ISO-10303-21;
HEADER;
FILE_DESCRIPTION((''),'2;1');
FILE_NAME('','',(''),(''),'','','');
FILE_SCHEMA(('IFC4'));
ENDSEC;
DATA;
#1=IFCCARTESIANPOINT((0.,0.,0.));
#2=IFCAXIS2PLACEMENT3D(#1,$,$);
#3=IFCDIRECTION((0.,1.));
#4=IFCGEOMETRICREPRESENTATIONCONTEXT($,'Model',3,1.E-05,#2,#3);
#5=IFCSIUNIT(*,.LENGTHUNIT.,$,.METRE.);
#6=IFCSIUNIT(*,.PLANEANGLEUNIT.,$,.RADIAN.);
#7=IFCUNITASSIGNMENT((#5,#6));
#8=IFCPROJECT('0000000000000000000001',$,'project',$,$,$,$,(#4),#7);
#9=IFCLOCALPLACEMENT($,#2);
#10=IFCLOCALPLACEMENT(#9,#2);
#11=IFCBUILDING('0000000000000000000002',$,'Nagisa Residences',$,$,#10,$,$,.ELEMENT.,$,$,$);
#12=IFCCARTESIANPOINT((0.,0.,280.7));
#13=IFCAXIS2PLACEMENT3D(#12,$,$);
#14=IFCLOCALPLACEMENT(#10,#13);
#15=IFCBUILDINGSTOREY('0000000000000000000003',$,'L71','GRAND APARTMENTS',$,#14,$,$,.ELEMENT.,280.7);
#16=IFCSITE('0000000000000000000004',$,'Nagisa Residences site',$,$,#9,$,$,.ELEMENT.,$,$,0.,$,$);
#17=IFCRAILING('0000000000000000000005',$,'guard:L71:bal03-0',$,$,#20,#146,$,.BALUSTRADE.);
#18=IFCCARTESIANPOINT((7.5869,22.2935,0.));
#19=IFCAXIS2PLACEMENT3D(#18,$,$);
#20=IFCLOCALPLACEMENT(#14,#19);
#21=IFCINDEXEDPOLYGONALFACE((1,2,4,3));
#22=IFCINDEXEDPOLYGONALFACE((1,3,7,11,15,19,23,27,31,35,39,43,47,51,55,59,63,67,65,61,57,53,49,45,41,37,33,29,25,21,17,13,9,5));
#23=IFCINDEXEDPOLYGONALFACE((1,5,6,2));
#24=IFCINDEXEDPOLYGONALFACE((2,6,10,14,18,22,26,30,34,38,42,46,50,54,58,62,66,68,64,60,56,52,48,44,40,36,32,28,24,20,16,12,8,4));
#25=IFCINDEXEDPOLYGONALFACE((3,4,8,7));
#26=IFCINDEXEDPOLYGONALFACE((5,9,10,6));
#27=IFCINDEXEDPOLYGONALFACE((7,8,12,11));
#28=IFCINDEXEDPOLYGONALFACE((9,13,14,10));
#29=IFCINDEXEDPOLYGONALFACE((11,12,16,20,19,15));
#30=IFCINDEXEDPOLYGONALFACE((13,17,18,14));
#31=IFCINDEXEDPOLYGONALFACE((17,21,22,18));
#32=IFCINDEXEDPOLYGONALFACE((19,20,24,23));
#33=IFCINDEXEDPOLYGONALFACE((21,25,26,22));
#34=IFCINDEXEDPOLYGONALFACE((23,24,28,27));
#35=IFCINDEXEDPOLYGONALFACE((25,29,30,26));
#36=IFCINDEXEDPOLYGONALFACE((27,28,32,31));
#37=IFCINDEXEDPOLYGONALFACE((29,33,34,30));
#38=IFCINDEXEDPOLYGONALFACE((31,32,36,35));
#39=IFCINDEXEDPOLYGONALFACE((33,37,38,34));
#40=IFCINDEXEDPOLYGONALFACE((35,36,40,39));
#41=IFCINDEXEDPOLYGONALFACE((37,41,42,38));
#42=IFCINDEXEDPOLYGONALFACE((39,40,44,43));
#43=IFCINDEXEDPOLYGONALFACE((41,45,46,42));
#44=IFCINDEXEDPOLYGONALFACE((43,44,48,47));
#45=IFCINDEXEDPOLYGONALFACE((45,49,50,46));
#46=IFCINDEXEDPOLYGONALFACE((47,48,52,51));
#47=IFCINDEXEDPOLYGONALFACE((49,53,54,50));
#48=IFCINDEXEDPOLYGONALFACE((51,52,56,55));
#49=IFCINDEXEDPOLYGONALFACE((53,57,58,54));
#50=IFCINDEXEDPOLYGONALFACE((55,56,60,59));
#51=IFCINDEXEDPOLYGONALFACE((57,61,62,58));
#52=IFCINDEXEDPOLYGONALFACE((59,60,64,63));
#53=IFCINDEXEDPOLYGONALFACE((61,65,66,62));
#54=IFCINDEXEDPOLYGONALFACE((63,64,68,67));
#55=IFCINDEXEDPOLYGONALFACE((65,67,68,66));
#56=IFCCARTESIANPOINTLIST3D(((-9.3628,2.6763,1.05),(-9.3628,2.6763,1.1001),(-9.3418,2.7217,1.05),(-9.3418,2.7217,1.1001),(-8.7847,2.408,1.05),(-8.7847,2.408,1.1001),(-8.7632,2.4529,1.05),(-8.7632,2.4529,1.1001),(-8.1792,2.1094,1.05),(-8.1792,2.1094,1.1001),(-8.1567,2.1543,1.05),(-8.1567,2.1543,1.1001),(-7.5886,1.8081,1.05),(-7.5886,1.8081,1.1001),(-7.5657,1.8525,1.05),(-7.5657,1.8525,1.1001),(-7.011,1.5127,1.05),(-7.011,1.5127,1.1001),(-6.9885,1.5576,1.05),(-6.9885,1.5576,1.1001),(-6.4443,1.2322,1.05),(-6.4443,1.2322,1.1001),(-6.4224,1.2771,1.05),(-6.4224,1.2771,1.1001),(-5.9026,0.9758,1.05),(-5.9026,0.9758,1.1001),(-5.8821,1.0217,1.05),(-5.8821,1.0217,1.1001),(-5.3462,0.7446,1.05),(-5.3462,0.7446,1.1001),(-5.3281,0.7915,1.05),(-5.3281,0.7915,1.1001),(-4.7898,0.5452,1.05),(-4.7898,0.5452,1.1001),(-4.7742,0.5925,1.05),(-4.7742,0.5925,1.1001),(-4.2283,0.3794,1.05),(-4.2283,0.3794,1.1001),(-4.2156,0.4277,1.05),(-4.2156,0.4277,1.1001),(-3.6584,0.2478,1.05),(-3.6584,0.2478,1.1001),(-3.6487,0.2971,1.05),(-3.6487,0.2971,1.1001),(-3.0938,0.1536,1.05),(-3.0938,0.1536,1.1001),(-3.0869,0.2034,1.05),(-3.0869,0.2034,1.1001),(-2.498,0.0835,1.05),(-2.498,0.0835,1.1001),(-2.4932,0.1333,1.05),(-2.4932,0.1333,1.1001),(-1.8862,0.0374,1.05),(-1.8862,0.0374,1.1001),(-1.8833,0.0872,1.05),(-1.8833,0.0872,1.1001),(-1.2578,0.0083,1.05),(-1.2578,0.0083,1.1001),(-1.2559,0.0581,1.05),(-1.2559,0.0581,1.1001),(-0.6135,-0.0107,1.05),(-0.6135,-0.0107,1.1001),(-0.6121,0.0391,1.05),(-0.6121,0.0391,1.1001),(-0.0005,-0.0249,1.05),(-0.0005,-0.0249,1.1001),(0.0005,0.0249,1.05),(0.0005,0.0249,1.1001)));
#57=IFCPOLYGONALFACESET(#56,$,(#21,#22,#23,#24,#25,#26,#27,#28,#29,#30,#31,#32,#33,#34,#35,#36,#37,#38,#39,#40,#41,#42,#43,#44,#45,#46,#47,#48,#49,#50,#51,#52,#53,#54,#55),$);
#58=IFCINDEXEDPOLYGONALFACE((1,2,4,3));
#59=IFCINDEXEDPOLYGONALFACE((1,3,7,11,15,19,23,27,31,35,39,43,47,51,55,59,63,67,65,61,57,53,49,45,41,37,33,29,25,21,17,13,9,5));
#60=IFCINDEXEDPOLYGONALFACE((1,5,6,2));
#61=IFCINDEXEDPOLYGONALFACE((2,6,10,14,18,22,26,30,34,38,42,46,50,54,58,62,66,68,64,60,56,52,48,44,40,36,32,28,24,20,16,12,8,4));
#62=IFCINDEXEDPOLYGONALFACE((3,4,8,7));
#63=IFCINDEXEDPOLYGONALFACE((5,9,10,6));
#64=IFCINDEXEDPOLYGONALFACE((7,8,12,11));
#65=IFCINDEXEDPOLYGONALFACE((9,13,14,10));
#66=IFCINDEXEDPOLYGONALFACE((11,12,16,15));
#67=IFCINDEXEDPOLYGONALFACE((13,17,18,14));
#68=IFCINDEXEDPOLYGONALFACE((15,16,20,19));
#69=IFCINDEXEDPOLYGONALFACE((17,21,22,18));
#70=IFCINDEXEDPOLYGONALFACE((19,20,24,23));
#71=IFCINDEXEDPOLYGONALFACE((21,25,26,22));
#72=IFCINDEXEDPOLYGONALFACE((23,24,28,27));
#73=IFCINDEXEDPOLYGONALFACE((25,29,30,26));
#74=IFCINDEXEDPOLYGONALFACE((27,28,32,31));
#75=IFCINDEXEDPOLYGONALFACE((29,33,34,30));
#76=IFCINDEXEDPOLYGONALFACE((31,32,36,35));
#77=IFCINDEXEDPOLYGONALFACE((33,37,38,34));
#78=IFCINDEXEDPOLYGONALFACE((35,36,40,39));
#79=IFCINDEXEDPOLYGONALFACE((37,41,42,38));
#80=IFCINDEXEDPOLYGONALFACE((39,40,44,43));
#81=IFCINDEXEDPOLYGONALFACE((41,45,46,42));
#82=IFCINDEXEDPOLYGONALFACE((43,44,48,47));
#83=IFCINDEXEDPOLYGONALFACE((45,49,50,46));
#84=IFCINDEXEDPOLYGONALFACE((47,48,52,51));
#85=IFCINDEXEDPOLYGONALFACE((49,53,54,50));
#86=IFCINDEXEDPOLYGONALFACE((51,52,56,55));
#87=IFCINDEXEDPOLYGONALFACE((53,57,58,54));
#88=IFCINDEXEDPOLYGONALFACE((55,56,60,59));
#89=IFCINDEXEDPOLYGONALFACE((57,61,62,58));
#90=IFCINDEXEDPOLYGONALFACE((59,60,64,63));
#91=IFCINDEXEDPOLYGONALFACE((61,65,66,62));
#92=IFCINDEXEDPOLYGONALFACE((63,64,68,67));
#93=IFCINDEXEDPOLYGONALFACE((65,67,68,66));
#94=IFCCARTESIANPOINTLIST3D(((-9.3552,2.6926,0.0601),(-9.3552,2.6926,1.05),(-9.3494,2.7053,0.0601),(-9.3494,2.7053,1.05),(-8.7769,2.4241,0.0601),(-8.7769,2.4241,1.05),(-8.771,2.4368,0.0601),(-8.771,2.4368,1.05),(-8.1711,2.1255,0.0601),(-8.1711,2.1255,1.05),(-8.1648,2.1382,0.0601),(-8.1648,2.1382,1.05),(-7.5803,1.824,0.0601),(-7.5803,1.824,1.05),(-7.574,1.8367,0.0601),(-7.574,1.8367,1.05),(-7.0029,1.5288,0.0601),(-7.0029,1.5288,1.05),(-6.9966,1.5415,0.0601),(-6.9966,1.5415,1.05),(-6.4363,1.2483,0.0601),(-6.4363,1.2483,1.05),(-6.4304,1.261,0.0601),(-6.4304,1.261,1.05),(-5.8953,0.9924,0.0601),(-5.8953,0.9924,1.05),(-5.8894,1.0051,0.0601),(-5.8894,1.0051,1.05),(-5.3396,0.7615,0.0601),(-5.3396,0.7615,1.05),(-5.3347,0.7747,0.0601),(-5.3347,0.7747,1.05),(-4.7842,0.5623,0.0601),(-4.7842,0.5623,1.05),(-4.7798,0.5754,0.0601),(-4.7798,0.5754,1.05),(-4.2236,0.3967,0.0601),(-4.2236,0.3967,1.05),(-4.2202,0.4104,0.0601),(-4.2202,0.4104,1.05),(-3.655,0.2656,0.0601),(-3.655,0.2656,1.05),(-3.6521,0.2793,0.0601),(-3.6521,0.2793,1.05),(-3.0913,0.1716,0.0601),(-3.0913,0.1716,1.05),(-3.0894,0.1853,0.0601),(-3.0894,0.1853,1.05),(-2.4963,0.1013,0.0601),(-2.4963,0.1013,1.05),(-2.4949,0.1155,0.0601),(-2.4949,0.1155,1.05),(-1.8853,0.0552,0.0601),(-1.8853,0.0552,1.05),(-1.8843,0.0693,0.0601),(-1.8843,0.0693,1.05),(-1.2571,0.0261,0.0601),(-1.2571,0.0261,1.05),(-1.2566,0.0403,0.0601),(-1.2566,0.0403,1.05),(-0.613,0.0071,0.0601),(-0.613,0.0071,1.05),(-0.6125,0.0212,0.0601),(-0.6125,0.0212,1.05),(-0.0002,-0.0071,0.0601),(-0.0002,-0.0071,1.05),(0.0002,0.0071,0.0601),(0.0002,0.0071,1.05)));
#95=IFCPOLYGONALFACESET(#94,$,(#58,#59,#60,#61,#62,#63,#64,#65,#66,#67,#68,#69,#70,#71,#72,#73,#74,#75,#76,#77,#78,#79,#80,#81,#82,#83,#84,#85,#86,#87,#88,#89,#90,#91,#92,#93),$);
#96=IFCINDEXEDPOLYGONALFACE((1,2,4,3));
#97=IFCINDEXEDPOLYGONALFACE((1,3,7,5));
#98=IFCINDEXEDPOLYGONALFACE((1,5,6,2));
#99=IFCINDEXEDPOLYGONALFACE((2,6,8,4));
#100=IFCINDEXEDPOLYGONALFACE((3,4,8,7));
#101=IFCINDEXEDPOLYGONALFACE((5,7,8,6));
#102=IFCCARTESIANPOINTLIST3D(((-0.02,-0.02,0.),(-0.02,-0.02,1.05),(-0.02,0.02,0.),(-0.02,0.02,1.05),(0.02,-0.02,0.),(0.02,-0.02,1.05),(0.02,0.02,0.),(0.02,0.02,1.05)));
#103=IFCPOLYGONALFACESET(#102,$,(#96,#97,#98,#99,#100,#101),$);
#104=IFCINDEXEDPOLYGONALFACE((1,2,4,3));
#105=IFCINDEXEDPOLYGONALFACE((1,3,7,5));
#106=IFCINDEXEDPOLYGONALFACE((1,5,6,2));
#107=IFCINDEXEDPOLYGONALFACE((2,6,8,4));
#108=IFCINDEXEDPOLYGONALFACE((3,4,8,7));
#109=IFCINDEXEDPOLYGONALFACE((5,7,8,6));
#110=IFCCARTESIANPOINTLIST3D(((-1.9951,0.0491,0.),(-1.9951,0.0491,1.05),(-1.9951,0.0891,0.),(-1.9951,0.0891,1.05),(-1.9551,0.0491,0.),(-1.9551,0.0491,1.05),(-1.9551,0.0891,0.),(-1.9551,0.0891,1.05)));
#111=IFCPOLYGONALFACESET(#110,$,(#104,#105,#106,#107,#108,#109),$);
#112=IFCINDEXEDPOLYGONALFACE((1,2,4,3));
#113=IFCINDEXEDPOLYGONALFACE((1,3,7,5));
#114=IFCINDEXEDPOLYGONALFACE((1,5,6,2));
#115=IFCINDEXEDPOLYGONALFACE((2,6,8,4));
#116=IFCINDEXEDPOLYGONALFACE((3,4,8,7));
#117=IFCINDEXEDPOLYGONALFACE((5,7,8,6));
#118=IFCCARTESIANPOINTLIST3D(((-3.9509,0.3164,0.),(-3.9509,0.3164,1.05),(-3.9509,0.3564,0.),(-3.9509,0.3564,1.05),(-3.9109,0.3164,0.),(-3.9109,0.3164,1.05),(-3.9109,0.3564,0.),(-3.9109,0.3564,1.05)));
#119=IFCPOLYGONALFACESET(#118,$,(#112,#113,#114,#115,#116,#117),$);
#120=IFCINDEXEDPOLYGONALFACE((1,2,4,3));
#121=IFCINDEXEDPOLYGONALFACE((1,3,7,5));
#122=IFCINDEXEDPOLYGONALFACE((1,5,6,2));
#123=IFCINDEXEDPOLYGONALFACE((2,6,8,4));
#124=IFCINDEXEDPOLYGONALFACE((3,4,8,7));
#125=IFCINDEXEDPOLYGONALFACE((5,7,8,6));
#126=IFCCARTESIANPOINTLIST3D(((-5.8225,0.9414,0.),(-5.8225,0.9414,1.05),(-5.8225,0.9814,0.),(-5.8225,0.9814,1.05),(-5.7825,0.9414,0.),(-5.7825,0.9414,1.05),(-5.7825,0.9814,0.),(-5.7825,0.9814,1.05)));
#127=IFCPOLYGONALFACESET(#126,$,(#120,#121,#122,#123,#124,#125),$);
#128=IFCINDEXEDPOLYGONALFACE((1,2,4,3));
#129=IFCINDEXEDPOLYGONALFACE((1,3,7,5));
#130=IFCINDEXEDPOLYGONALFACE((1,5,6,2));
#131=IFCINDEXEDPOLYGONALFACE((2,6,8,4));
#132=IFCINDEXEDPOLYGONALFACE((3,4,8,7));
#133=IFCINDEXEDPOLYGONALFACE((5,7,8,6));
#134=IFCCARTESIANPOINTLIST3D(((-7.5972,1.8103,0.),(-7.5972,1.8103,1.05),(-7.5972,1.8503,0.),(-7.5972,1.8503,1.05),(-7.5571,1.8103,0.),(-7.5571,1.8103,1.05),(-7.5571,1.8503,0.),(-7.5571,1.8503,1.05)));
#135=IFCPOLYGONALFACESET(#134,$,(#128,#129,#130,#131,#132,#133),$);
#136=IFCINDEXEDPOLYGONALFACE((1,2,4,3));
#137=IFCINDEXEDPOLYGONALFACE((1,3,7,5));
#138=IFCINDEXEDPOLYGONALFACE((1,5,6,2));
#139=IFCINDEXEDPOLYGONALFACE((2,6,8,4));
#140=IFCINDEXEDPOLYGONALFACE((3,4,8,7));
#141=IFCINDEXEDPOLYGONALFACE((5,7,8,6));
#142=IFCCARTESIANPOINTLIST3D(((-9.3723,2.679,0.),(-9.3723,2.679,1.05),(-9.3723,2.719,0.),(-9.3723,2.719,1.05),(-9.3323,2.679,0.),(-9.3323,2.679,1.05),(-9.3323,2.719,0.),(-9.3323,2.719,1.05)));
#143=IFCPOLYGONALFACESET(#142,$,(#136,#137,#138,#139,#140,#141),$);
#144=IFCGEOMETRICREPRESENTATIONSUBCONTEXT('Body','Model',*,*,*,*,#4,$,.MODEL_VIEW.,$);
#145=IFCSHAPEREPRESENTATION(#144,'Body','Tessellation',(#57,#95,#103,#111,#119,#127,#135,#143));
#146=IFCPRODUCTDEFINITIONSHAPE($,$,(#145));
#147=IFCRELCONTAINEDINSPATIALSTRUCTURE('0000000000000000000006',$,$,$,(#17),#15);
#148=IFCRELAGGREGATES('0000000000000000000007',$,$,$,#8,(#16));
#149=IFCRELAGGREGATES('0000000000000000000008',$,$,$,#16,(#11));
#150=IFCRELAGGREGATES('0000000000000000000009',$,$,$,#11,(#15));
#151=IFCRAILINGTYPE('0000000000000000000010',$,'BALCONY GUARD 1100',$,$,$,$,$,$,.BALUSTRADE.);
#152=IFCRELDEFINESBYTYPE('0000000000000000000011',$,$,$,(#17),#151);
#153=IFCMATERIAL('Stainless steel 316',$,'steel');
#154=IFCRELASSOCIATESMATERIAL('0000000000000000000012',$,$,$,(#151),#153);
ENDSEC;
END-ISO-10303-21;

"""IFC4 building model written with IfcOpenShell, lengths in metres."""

from ifc_helpers import new_model, si_unit, direction, frame, origin, origin_2d, place, context, subcontext, project, spatial, polyline, rectangle, outline, extrude, material, type_object, element, save


model = new_model("IFC4")

# Units and contexts
model_context = context("Model", 3, precision=1e-05, world=origin(), true_north=direction((0.0, 1.0)))
body_context = subcontext(model_context, "Body", "Model", "MODEL_VIEW")
ifc_project = project(units=[si_unit("LENGTHUNIT", "METRE"), si_unit("PLANEANGLEUNIT", "RADIAN")], contexts=[model_context])

# Site, building, storey
site_placement = place(None, origin())
site = spatial("IfcSite", under=ifc_project, at=site_placement, Name="Nagisa Residences site", CompositionType="ELEMENT", RefElevation=0.0)
building_placement = place(site_placement, origin())
building = spatial("IfcBuilding", under=site, at=building_placement, Name="Nagisa Residences", CompositionType="ELEMENT")
storey_placement = place(building_placement, frame((0.0, 0.0, 280.7)))
storey = spatial("IfcBuildingStorey", under=building, at=storey_placement, Name="L71", Description="GRAND APARTMENTS", CompositionType="ELEMENT", Elevation=280.7)

# Railing
ifc_material_1 = material(Name="Stainless steel 316", Category="steel")
railing_type_1 = type_object("IfcRailingType", Name="BALCONY GUARD 1100", PredefinedType="BALUSTRADE", material=ifc_material_1)
railing_1_placement = place(storey_placement, frame((7.5869, 22.2935, 0.0)))
element("IfcRailing", 1, at=railing_1_placement, inside=storey, type_object=railing_type_1, Name="guard:L71:bal03-0", PredefinedType="BALUSTRADE", context=body_context, shape_type="SweptSolid", body=[
    extrude(outline(polyline([(-0.6135, -0.0107), (-0.0005, -0.0249), (0.0005, 0.0249), (-0.6121, 0.0391), (-1.2559, 0.0581), (-1.8833, 0.0872), (-2.4932, 0.1333), (-3.0869, 0.2034), (-3.6487, 0.2971), (-4.2156, 0.4277), (-4.7742, 0.5925), (-5.3281, 0.7915), (-5.8821, 1.0217), (-6.4224, 1.2771), (-6.9885, 1.5576), (-7.5657, 1.8525), (-8.1567, 2.1543), (-8.7632, 2.4529), (-9.3418, 2.7217), (-9.3628, 2.6763), (-8.7847, 2.408), (-8.1792, 2.1094), (-7.5886, 1.8081), (-7.011, 1.5127), (-6.4443, 1.2322), (-5.9026, 0.9758), (-5.3462, 0.7446), (-4.7898, 0.5452), (-4.2283, 0.3794), (-3.6584, 0.2478), (-3.0938, 0.1536), (-2.498, 0.0835), (-1.8862, 0.0374), (-1.2578, 0.0083), (-0.6135, -0.0107)])), frame((0.0, 0.0, 1.05)), (0.0, 0.0, 1.0), 0.05),
    extrude(outline(polyline([(-0.613, 0.0071), (-0.0002, -0.0071), (0.0002, 0.0071), (-0.6125, 0.0212), (-1.2566, 0.0403), (-1.8843, 0.0693), (-2.4949, 0.1155), (-3.0894, 0.1853), (-3.6521, 0.2793), (-4.2202, 0.4104), (-4.7798, 0.5754), (-5.3347, 0.7747), (-5.8894, 1.0051), (-6.4304, 1.261), (-6.9966, 1.5415), (-7.574, 1.8367), (-8.1648, 2.1382), (-8.771, 2.4368), (-9.3494, 2.7053), (-9.3552, 2.6926), (-8.7769, 2.4241), (-8.1711, 2.1255), (-7.5803, 1.824), (-7.0029, 1.5288), (-6.4363, 1.2483), (-5.8953, 0.9924), (-5.3396, 0.7615), (-4.7842, 0.5623), (-4.2236, 0.3967), (-3.655, 0.2656), (-3.0913, 0.1716), (-2.4963, 0.1013), (-1.8853, 0.0552), (-1.2571, 0.0261), (-0.613, 0.0071)])), frame((0.0, 0.0, 0.0601)), (0.0, 0.0, 1.0), 0.99),
    extrude(rectangle(XDim=0.04, YDim=0.04, at=origin_2d()), origin(), (0.0, 0.0, 1.0), 1.05),
    extrude(rectangle(XDim=0.04, YDim=0.04, at=origin_2d()), frame((-1.9751, 0.0691, 0.0)), (0.0, 0.0, 1.0), 1.05),
    extrude(rectangle(XDim=0.04, YDim=0.04, at=origin_2d()), frame((-3.9309, 0.3364, 0.0)), (0.0, 0.0, 1.0), 1.05),
    extrude(rectangle(XDim=0.04, YDim=0.04, at=origin_2d()), frame((-5.8025, 0.9614, 0.0)), (0.0, 0.0, 1.0), 1.05),
    extrude(rectangle(XDim=0.04, YDim=0.04, at=origin_2d()), frame((-7.5771, 1.8303, 0.0)), (0.0, 0.0, 1.0), 1.05),
    extrude(rectangle(XDim=0.04, YDim=0.04, at=origin_2d()), frame((-9.3523, 2.699, 0.0)), (0.0, 0.0, 1.0), 1.05),
])

save(model, "model.ifc")
